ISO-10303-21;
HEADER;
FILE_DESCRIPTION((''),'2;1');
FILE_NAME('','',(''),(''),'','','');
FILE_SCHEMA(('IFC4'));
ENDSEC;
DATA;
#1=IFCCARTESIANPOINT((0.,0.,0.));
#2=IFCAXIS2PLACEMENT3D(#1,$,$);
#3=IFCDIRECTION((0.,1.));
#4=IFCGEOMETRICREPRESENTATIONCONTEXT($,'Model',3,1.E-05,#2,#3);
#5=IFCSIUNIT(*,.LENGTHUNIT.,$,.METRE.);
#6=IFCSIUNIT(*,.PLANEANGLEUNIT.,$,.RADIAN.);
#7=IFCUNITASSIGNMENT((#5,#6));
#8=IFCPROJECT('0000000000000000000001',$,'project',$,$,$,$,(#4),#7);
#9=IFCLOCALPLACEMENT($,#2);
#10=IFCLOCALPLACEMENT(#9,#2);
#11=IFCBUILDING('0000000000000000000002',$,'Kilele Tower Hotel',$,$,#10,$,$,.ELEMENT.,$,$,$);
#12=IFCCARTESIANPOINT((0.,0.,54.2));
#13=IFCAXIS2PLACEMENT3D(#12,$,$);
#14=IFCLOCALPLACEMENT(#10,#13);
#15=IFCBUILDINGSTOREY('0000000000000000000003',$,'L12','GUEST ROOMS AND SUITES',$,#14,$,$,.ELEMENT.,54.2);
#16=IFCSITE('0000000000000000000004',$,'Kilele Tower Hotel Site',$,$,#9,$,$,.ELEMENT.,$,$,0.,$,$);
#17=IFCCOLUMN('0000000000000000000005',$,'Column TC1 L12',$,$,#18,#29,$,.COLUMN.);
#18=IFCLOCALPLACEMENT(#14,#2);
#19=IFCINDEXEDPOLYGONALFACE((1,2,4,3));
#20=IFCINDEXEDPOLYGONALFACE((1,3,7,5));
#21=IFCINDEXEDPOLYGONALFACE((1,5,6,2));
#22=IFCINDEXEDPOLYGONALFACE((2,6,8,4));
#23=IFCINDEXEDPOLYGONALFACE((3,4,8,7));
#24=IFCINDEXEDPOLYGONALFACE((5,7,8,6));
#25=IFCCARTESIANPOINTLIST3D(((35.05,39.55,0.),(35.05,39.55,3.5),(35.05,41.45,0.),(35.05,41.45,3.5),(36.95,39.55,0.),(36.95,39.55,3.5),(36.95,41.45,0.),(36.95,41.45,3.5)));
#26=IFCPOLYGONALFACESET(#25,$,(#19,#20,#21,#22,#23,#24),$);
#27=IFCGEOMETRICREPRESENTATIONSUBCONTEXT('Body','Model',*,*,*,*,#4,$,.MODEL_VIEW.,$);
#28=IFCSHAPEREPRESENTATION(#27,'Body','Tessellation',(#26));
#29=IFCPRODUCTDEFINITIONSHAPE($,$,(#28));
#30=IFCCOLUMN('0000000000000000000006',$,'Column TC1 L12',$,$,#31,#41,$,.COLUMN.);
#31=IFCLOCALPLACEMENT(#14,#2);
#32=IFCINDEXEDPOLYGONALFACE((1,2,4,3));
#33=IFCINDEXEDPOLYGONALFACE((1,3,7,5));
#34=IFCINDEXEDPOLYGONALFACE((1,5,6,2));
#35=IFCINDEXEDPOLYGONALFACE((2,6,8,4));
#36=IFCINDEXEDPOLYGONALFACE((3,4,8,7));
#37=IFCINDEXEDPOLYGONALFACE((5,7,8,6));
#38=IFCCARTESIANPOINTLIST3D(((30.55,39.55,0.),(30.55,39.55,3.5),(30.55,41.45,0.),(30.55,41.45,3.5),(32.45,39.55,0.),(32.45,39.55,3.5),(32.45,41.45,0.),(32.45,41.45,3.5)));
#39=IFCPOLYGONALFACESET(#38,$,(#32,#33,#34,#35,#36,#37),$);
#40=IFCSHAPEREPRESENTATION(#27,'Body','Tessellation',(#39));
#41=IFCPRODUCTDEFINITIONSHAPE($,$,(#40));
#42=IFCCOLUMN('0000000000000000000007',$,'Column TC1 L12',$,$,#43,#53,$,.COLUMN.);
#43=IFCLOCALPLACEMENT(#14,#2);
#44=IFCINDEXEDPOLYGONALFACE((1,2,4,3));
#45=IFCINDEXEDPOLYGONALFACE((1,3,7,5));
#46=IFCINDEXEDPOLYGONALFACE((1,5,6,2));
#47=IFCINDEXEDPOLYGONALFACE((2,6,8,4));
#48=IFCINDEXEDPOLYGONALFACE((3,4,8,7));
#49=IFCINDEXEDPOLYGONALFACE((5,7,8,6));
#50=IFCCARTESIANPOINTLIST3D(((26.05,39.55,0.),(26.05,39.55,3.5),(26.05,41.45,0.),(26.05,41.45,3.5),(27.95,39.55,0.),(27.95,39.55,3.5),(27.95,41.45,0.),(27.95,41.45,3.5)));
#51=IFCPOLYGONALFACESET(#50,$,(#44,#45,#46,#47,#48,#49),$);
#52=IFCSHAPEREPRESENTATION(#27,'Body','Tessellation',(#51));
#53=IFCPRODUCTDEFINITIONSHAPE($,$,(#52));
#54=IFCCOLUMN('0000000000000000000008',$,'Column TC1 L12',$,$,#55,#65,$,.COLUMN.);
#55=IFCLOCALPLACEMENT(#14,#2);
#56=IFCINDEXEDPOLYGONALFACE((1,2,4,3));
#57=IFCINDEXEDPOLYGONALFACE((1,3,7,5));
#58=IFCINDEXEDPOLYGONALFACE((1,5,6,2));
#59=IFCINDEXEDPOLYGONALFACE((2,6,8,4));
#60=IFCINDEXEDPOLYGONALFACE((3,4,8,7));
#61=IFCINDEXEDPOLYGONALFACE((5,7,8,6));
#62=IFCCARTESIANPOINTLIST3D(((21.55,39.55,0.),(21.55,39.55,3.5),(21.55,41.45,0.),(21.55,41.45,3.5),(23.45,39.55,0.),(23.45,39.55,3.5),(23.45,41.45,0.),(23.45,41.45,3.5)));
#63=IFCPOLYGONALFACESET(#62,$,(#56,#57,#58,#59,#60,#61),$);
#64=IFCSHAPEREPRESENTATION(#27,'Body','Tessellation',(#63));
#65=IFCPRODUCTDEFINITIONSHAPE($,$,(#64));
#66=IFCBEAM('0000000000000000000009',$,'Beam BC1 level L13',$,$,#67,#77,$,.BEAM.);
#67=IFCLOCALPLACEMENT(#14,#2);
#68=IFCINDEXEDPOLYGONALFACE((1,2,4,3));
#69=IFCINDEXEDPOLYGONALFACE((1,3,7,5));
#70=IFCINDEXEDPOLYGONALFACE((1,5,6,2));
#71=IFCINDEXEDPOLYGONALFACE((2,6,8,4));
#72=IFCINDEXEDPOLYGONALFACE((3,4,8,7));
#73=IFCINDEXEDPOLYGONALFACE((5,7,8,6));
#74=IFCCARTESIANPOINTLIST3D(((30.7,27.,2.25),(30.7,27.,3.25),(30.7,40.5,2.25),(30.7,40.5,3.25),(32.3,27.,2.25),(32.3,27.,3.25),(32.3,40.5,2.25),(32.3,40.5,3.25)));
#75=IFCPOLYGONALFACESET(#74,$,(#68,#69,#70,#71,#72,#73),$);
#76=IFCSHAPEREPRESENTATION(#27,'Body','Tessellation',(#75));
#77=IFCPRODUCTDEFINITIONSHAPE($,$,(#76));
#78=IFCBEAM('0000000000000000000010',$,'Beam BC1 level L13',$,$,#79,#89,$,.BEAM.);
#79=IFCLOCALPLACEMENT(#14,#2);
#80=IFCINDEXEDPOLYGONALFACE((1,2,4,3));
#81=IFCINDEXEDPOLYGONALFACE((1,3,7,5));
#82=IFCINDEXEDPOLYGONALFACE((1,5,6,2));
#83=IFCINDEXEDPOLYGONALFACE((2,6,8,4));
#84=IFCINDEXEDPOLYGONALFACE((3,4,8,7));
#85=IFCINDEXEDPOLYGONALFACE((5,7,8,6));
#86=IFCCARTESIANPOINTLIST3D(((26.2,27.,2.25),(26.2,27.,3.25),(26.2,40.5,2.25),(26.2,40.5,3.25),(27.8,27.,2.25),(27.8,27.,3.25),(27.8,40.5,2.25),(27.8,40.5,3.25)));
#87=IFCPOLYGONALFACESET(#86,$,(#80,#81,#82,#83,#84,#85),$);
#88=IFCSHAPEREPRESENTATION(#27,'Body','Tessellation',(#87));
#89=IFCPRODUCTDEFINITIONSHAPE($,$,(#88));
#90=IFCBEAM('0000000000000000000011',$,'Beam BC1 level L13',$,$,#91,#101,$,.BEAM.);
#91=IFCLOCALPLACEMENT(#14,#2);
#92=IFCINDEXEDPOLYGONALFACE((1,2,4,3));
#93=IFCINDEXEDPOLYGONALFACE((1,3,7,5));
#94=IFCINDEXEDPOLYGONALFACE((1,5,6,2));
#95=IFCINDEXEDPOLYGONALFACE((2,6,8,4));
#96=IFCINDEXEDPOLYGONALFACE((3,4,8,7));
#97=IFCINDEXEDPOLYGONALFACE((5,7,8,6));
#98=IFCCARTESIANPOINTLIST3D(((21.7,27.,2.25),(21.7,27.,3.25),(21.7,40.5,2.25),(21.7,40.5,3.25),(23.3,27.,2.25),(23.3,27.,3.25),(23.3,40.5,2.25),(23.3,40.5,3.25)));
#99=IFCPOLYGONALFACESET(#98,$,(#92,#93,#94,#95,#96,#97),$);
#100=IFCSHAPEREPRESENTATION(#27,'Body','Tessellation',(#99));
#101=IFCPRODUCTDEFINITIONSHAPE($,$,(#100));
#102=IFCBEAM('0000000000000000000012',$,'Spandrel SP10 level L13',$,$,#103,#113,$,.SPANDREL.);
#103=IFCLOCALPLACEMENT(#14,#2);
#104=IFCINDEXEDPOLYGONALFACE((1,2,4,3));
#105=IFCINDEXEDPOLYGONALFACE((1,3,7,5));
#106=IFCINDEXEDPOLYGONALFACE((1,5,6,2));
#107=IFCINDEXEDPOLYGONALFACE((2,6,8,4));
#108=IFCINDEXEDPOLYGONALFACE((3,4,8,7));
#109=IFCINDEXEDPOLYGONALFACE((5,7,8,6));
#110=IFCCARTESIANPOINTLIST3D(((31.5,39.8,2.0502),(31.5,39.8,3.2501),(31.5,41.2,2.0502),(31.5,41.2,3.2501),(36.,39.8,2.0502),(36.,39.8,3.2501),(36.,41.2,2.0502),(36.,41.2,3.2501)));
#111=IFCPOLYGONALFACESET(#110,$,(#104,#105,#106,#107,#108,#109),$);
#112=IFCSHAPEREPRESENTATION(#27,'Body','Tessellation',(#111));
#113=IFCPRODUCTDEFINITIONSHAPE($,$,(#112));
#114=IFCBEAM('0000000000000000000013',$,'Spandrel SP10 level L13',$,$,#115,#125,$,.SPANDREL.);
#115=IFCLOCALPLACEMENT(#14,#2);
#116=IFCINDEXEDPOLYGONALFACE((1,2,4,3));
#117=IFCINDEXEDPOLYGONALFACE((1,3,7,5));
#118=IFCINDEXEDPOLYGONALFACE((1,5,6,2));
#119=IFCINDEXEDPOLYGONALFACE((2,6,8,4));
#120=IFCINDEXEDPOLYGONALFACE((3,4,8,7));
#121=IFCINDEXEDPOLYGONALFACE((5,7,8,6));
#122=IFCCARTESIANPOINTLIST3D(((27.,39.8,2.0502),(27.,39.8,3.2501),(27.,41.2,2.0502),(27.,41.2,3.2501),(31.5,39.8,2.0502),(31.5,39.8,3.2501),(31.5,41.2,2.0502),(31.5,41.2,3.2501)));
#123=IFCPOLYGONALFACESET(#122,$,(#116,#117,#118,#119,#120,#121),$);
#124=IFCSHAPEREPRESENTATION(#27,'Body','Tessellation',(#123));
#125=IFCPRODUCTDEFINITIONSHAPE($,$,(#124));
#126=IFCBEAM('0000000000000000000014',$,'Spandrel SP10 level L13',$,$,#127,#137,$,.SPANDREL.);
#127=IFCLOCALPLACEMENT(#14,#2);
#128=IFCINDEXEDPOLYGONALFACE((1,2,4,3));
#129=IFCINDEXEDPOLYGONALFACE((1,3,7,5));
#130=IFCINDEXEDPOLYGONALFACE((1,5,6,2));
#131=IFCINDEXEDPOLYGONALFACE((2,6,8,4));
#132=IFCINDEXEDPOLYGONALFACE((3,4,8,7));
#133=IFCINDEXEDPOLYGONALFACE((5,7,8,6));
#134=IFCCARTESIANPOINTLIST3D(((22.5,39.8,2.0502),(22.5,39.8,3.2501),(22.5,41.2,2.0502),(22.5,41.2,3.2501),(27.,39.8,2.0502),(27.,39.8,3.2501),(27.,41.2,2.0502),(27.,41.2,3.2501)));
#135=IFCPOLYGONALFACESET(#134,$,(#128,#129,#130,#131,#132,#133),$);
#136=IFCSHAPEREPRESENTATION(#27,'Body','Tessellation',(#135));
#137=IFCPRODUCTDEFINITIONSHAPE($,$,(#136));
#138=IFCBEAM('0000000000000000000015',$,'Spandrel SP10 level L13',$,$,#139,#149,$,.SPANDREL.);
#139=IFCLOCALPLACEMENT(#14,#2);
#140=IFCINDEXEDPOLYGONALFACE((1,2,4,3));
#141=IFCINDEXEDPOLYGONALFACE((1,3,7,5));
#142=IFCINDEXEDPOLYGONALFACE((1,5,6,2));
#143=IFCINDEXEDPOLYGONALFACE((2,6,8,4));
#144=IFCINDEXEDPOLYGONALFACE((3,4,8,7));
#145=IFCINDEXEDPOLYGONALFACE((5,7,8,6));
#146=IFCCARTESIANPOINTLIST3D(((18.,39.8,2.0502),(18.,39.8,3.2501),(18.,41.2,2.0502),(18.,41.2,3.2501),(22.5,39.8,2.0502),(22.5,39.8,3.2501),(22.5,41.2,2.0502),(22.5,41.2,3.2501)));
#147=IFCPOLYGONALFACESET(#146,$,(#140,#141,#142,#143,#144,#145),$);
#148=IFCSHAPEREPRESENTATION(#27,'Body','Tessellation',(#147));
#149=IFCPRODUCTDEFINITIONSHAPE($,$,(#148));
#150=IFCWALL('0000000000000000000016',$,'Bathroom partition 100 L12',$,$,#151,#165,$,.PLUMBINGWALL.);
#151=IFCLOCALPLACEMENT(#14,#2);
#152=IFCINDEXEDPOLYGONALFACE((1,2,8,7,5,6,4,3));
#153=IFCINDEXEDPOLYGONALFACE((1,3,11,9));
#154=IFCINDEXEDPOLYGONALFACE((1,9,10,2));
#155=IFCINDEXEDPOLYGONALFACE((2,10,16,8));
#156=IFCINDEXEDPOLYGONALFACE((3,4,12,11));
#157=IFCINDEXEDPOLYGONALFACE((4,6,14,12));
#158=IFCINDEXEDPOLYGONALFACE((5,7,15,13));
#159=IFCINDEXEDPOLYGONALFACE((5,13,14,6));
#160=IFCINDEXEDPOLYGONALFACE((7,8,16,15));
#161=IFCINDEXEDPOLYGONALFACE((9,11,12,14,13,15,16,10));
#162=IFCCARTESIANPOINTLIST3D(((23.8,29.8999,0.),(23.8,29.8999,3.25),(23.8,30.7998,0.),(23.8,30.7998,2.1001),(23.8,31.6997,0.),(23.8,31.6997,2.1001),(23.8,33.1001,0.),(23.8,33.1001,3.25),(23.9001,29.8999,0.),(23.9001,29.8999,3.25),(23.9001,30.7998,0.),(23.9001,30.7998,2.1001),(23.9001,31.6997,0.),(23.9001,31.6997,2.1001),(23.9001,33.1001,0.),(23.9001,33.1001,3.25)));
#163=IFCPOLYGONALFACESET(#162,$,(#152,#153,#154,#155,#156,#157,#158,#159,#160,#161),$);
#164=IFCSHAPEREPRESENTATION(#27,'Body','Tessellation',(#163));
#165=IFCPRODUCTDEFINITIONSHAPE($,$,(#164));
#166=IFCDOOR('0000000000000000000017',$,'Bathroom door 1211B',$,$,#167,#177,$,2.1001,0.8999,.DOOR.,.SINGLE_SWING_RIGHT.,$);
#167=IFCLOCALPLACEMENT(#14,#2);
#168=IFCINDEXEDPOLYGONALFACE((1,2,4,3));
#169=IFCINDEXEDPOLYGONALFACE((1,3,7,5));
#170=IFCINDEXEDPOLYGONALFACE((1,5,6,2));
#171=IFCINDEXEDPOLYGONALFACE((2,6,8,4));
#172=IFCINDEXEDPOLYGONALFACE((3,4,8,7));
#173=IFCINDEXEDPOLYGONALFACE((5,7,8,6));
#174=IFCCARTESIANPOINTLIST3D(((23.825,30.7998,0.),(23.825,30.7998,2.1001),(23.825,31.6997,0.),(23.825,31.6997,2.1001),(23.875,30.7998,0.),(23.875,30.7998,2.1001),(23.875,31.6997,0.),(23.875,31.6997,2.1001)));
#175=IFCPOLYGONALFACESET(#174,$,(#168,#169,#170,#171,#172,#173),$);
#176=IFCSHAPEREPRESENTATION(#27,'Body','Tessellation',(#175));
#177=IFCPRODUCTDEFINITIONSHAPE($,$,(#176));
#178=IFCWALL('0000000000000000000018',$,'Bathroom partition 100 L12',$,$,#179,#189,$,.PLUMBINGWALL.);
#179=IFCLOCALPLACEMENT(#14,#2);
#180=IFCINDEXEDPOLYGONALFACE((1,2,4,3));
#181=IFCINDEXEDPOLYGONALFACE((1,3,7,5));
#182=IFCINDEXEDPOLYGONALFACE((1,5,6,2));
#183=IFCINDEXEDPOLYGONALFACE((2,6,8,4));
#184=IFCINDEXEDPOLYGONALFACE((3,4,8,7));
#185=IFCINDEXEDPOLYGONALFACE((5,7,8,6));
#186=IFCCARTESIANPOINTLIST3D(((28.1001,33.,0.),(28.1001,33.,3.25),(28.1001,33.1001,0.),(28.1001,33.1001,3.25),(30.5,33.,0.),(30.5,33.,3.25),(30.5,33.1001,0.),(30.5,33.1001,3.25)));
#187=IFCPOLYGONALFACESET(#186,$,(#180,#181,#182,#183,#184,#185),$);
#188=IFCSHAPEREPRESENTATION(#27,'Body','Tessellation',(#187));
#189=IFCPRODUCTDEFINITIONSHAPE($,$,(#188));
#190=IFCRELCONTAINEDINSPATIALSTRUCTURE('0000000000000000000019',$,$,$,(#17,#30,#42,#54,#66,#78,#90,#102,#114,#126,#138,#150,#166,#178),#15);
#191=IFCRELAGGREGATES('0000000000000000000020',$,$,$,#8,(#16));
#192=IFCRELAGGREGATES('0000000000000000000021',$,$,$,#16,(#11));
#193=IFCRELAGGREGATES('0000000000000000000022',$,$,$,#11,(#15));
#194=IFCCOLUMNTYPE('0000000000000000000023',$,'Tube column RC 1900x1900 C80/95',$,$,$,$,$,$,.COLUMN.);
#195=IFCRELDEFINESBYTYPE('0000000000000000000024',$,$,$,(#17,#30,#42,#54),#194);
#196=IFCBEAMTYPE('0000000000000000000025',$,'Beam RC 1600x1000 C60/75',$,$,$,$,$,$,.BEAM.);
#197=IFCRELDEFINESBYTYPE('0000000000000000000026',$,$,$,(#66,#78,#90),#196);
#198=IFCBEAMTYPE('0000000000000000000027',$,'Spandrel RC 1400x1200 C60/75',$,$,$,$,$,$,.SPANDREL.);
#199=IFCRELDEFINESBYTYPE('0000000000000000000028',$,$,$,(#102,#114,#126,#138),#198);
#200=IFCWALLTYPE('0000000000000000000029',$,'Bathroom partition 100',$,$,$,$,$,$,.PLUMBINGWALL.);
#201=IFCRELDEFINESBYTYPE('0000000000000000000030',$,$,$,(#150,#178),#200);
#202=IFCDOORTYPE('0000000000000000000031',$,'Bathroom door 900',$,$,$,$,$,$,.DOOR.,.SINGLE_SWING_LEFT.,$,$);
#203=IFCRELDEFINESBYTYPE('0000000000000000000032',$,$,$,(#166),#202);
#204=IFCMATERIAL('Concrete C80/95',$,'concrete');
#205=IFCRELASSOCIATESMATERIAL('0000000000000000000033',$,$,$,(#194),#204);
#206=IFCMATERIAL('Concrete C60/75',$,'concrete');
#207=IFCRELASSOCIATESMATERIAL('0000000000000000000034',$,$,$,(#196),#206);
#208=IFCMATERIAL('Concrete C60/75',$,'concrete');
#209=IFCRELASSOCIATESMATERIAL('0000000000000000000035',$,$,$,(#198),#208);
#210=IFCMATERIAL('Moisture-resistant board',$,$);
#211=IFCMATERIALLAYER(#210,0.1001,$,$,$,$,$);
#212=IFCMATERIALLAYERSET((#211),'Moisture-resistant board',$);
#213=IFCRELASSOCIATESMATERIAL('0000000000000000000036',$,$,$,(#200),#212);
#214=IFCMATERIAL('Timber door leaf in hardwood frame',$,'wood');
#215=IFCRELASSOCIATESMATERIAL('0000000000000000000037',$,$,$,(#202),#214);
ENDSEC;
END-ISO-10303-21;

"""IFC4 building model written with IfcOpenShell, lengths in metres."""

from ifc_helpers import new_model, si_unit, direction, frame, frame_2d, origin, origin_2d, place, context, subcontext, project, spatial, rectangle, extrude, material, layer, layer_set, material_profile, profile_set, type_object, element, fill, save


model = new_model("IFC4")

# Units and contexts
model_context = context("Model", 3, precision=1e-05, world=origin(), true_north=direction((0.0, 1.0)))
body_context = subcontext(model_context, "Body", "Model", "MODEL_VIEW")
ifc_project = project(units=[si_unit("LENGTHUNIT", "METRE"), si_unit("PLANEANGLEUNIT", "RADIAN")], contexts=[model_context])

# Site, building, storey
site_placement = place(None, origin())
site = spatial("IfcSite", under=ifc_project, at=site_placement, Name="Kilele Tower Hotel Site", CompositionType="ELEMENT", RefElevation=0.0)
building_placement = place(site_placement, origin())
building = spatial("IfcBuilding", under=site, at=building_placement, Name="Kilele Tower Hotel", CompositionType="ELEMENT")
storey_placement = place(building_placement, frame((0.0, 0.0, 54.2)))
storey = spatial("IfcBuildingStorey", under=building, at=storey_placement, Name="L12", Description="GUEST ROOMS AND SUITES", CompositionType="ELEMENT", Elevation=54.2)

# Columns
ifc_material_1 = material(Name="Concrete C80/95", Category="concrete")
ifc_material_profile_1 = material_profile(ifc_material_1, rectangle(XDim=1.8999, YDim=1.8999, at=origin_2d()))
ifc_profile_set_1 = profile_set([ifc_material_profile_1], Name="Concrete C80/95")
column_type = type_object("IfcColumnType", Name="Tube column RC 1900x1900 C80/95", PredefinedType="COLUMN", material=ifc_profile_set_1)
for number, where, z_axis, x_axis, name in (
    (1, (36.0, 40.5, 0.0), (0.0, 0.0, 1.0), (1.0, 0.0, 0.0), "Column TC1 L12"),
    (2, (31.5, 40.5, 0.0), (0.0, 0.0, 1.0), (1.0, 0.0, 0.0), "Column TC1 L12"),
    (3, (27.0, 40.5, 0.0), (0.0, 0.0, 1.0), (1.0, 0.0, 0.0), "Column TC1 L12"),
    (4, (22.5, 40.5, 0.0), (0.0, 0.0, 1.0), (1.0, 0.0, 0.0), "Column TC1 L12"),
):
    element("IfcColumn", number, at=place(storey_placement, frame(where, z_axis=z_axis, x_axis=x_axis)), inside=storey, type_object=column_type, Name=name, PredefinedType="COLUMN", context=body_context, shape_type="SweptSolid", body=[
        extrude(rectangle(XDim=1.8999, YDim=1.8999, at=origin_2d()), origin(), (0.0, 0.0, 1.0), 3.5),
    ])

# Beams
ifc_material_2 = material(Name="Concrete C60/75", Category="concrete")
ifc_material_profile_2 = material_profile(ifc_material_2, rectangle(XDim=1.6001, YDim=1.0, at=origin_2d()))
ifc_profile_set_2 = profile_set([ifc_material_profile_2], Name="Concrete C60/75")
beam_type_1 = type_object("IfcBeamType", Name="Beam RC 1600x1000 C60/75", PredefinedType="BEAM", material=ifc_profile_set_2)
for number, where, z_axis, x_axis, name in (
    (5, (31.5, 40.5, 2.75), (0.0, -1.0, 0.0), (1.0, 0.0, 0.0), "Beam BC1 level L13"),
    (6, (27.0, 40.5, 2.75), (0.0, -1.0, 0.0), (1.0, 0.0, 0.0), "Beam BC1 level L13"),
    (7, (22.5, 40.5, 2.75), (0.0, -1.0, 0.0), (1.0, 0.0, 0.0), "Beam BC1 level L13"),
):
    element("IfcBeam", number, at=place(storey_placement, frame(where, z_axis=z_axis, x_axis=x_axis)), inside=storey, type_object=beam_type_1, Name=name, PredefinedType="BEAM", context=body_context, shape_type="SweptSolid", body=[
        extrude(rectangle(XDim=1.6001, YDim=1.0, at=origin_2d()), origin(), (0.0, 0.0, 1.0), 13.5),
    ])
ifc_material_3 = material(Name="Concrete C60/75", Category="concrete")
ifc_material_profile_3 = material_profile(ifc_material_3, rectangle(XDim=1.3999, YDim=1.2, at=origin_2d()))
ifc_profile_set_3 = profile_set([ifc_material_profile_3], Name="Concrete C60/75")
beam_type_2 = type_object("IfcBeamType", Name="Spandrel RC 1400x1200 C60/75", PredefinedType="SPANDREL", material=ifc_profile_set_3)
for number, where, z_axis, x_axis, name in (
    (8, (36.0, 40.5, 2.6501), (-1.0, 0.0, 0.0), (0.0, -1.0, 0.0), "Spandrel SP10 level L13"),
    (9, (31.5, 40.5, 2.6501), (-1.0, 0.0, 0.0), (0.0, -1.0, 0.0), "Spandrel SP10 level L13"),
    (10, (27.0, 40.5, 2.6501), (-1.0, 0.0, 0.0), (0.0, -1.0, 0.0), "Spandrel SP10 level L13"),
    (11, (22.5, 40.5, 2.6501), (-1.0, 0.0, 0.0), (0.0, -1.0, 0.0), "Spandrel SP10 level L13"),
):
    element("IfcBeam", number, at=place(storey_placement, frame(where, z_axis=z_axis, x_axis=x_axis)), inside=storey, type_object=beam_type_2, Name=name, PredefinedType="SPANDREL", context=body_context, shape_type="SweptSolid", body=[
        extrude(rectangle(XDim=1.3999, YDim=1.2, at=origin_2d()), origin(), (0.0, 0.0, 1.0), 4.5),
    ])

# Wall, opening, door
ifc_material_4 = material(Name="Moisture-resistant board")
ifc_layer_1 = layer(ifc_material_4, 0.1001)
ifc_layer_set_1 = layer_set([ifc_layer_1], Name="Moisture-resistant board")
wall_type_1 = type_object("IfcWallType", Name="Bathroom partition 100", PredefinedType="PLUMBINGWALL", material=ifc_layer_set_1)
wall_1_placement = place(storey_placement, frame((23.8501, 29.8999, 0.0), z_axis=(0.0, 0.0, 1.0), x_axis=(0.0, 1.0, 0.0)))
wall_1 = element("IfcWall", 12, at=wall_1_placement, inside=storey, type_object=wall_type_1, Name="Bathroom partition 100 L12", PredefinedType="PLUMBINGWALL", context=body_context, shape_type="SweptSolid", body=[
    extrude(rectangle(XDim=3.2002, YDim=0.1001, at=frame_2d((1.6001, 0.0))), origin(), (0.0, 0.0, 1.0), 3.25),
])
opening_1_placement = place(wall_1_placement, frame((1.7998, 0.0, 0.0), z_axis=(0.0, 0.0, 1.0), x_axis=(-1.0, 0.0, 0.0)))
opening_1 = element("IfcOpeningElement", 13, at=opening_1_placement, cuts=wall_1, PredefinedType="OPENING", context=body_context, shape_type="SweptSolid", body=[
    extrude(rectangle(XDim=0.8999, YDim=2.1001, at=frame_2d((0.45, 1.05))), frame((0.0, 0.0601, 0.0), z_axis=(0.0, -1.0, 0.0), x_axis=(1.0, 0.0, 0.0)), (0.0, 0.0, 1.0), 0.1201),
])
ifc_material_5 = material(Name="Timber door leaf in hardwood frame", Category="wood")
door_type_1 = type_object("IfcDoorType", Name="Bathroom door 900", OperationType="SINGLE_SWING_LEFT", PredefinedType="DOOR", material=ifc_material_5)
door_1_placement = place(opening_1_placement, origin())
door_1 = element("IfcDoor", 14, at=door_1_placement, inside=storey, type_object=door_type_1, Name="Bathroom door 1211B", OperationType="SINGLE_SWING_RIGHT", OverallHeight=2.1001, OverallWidth=0.8999, PredefinedType="DOOR", context=body_context, shape_type="SweptSolid", body=[
    extrude(rectangle(XDim=0.8999, YDim=2.1001, at=frame_2d((0.45, 1.05))), frame((0.0, 0.0249, 0.0), z_axis=(0.0, -1.0, 0.0), x_axis=(1.0, 0.0, 0.0)), (0.0, 0.0, 1.0), 0.05),
])
fill(opening_1, door_1)

# Wall
wall_2_placement = place(storey_placement, frame((28.1001, 33.05, 0.0), z_axis=(0.0, 0.0, 1.0), x_axis=(1.0, 0.0, 0.0)))
element("IfcWall", 15, at=wall_2_placement, inside=storey, type_object=wall_type_1, Name="Bathroom partition 100 L12", PredefinedType="PLUMBINGWALL", context=body_context, shape_type="SweptSolid", body=[
    extrude(rectangle(XDim=2.3999, YDim=0.1001, at=frame_2d((1.2, 0.0))), origin(), (0.0, 0.0, 1.0), 3.25),
])

save(model, "model.ifc")
